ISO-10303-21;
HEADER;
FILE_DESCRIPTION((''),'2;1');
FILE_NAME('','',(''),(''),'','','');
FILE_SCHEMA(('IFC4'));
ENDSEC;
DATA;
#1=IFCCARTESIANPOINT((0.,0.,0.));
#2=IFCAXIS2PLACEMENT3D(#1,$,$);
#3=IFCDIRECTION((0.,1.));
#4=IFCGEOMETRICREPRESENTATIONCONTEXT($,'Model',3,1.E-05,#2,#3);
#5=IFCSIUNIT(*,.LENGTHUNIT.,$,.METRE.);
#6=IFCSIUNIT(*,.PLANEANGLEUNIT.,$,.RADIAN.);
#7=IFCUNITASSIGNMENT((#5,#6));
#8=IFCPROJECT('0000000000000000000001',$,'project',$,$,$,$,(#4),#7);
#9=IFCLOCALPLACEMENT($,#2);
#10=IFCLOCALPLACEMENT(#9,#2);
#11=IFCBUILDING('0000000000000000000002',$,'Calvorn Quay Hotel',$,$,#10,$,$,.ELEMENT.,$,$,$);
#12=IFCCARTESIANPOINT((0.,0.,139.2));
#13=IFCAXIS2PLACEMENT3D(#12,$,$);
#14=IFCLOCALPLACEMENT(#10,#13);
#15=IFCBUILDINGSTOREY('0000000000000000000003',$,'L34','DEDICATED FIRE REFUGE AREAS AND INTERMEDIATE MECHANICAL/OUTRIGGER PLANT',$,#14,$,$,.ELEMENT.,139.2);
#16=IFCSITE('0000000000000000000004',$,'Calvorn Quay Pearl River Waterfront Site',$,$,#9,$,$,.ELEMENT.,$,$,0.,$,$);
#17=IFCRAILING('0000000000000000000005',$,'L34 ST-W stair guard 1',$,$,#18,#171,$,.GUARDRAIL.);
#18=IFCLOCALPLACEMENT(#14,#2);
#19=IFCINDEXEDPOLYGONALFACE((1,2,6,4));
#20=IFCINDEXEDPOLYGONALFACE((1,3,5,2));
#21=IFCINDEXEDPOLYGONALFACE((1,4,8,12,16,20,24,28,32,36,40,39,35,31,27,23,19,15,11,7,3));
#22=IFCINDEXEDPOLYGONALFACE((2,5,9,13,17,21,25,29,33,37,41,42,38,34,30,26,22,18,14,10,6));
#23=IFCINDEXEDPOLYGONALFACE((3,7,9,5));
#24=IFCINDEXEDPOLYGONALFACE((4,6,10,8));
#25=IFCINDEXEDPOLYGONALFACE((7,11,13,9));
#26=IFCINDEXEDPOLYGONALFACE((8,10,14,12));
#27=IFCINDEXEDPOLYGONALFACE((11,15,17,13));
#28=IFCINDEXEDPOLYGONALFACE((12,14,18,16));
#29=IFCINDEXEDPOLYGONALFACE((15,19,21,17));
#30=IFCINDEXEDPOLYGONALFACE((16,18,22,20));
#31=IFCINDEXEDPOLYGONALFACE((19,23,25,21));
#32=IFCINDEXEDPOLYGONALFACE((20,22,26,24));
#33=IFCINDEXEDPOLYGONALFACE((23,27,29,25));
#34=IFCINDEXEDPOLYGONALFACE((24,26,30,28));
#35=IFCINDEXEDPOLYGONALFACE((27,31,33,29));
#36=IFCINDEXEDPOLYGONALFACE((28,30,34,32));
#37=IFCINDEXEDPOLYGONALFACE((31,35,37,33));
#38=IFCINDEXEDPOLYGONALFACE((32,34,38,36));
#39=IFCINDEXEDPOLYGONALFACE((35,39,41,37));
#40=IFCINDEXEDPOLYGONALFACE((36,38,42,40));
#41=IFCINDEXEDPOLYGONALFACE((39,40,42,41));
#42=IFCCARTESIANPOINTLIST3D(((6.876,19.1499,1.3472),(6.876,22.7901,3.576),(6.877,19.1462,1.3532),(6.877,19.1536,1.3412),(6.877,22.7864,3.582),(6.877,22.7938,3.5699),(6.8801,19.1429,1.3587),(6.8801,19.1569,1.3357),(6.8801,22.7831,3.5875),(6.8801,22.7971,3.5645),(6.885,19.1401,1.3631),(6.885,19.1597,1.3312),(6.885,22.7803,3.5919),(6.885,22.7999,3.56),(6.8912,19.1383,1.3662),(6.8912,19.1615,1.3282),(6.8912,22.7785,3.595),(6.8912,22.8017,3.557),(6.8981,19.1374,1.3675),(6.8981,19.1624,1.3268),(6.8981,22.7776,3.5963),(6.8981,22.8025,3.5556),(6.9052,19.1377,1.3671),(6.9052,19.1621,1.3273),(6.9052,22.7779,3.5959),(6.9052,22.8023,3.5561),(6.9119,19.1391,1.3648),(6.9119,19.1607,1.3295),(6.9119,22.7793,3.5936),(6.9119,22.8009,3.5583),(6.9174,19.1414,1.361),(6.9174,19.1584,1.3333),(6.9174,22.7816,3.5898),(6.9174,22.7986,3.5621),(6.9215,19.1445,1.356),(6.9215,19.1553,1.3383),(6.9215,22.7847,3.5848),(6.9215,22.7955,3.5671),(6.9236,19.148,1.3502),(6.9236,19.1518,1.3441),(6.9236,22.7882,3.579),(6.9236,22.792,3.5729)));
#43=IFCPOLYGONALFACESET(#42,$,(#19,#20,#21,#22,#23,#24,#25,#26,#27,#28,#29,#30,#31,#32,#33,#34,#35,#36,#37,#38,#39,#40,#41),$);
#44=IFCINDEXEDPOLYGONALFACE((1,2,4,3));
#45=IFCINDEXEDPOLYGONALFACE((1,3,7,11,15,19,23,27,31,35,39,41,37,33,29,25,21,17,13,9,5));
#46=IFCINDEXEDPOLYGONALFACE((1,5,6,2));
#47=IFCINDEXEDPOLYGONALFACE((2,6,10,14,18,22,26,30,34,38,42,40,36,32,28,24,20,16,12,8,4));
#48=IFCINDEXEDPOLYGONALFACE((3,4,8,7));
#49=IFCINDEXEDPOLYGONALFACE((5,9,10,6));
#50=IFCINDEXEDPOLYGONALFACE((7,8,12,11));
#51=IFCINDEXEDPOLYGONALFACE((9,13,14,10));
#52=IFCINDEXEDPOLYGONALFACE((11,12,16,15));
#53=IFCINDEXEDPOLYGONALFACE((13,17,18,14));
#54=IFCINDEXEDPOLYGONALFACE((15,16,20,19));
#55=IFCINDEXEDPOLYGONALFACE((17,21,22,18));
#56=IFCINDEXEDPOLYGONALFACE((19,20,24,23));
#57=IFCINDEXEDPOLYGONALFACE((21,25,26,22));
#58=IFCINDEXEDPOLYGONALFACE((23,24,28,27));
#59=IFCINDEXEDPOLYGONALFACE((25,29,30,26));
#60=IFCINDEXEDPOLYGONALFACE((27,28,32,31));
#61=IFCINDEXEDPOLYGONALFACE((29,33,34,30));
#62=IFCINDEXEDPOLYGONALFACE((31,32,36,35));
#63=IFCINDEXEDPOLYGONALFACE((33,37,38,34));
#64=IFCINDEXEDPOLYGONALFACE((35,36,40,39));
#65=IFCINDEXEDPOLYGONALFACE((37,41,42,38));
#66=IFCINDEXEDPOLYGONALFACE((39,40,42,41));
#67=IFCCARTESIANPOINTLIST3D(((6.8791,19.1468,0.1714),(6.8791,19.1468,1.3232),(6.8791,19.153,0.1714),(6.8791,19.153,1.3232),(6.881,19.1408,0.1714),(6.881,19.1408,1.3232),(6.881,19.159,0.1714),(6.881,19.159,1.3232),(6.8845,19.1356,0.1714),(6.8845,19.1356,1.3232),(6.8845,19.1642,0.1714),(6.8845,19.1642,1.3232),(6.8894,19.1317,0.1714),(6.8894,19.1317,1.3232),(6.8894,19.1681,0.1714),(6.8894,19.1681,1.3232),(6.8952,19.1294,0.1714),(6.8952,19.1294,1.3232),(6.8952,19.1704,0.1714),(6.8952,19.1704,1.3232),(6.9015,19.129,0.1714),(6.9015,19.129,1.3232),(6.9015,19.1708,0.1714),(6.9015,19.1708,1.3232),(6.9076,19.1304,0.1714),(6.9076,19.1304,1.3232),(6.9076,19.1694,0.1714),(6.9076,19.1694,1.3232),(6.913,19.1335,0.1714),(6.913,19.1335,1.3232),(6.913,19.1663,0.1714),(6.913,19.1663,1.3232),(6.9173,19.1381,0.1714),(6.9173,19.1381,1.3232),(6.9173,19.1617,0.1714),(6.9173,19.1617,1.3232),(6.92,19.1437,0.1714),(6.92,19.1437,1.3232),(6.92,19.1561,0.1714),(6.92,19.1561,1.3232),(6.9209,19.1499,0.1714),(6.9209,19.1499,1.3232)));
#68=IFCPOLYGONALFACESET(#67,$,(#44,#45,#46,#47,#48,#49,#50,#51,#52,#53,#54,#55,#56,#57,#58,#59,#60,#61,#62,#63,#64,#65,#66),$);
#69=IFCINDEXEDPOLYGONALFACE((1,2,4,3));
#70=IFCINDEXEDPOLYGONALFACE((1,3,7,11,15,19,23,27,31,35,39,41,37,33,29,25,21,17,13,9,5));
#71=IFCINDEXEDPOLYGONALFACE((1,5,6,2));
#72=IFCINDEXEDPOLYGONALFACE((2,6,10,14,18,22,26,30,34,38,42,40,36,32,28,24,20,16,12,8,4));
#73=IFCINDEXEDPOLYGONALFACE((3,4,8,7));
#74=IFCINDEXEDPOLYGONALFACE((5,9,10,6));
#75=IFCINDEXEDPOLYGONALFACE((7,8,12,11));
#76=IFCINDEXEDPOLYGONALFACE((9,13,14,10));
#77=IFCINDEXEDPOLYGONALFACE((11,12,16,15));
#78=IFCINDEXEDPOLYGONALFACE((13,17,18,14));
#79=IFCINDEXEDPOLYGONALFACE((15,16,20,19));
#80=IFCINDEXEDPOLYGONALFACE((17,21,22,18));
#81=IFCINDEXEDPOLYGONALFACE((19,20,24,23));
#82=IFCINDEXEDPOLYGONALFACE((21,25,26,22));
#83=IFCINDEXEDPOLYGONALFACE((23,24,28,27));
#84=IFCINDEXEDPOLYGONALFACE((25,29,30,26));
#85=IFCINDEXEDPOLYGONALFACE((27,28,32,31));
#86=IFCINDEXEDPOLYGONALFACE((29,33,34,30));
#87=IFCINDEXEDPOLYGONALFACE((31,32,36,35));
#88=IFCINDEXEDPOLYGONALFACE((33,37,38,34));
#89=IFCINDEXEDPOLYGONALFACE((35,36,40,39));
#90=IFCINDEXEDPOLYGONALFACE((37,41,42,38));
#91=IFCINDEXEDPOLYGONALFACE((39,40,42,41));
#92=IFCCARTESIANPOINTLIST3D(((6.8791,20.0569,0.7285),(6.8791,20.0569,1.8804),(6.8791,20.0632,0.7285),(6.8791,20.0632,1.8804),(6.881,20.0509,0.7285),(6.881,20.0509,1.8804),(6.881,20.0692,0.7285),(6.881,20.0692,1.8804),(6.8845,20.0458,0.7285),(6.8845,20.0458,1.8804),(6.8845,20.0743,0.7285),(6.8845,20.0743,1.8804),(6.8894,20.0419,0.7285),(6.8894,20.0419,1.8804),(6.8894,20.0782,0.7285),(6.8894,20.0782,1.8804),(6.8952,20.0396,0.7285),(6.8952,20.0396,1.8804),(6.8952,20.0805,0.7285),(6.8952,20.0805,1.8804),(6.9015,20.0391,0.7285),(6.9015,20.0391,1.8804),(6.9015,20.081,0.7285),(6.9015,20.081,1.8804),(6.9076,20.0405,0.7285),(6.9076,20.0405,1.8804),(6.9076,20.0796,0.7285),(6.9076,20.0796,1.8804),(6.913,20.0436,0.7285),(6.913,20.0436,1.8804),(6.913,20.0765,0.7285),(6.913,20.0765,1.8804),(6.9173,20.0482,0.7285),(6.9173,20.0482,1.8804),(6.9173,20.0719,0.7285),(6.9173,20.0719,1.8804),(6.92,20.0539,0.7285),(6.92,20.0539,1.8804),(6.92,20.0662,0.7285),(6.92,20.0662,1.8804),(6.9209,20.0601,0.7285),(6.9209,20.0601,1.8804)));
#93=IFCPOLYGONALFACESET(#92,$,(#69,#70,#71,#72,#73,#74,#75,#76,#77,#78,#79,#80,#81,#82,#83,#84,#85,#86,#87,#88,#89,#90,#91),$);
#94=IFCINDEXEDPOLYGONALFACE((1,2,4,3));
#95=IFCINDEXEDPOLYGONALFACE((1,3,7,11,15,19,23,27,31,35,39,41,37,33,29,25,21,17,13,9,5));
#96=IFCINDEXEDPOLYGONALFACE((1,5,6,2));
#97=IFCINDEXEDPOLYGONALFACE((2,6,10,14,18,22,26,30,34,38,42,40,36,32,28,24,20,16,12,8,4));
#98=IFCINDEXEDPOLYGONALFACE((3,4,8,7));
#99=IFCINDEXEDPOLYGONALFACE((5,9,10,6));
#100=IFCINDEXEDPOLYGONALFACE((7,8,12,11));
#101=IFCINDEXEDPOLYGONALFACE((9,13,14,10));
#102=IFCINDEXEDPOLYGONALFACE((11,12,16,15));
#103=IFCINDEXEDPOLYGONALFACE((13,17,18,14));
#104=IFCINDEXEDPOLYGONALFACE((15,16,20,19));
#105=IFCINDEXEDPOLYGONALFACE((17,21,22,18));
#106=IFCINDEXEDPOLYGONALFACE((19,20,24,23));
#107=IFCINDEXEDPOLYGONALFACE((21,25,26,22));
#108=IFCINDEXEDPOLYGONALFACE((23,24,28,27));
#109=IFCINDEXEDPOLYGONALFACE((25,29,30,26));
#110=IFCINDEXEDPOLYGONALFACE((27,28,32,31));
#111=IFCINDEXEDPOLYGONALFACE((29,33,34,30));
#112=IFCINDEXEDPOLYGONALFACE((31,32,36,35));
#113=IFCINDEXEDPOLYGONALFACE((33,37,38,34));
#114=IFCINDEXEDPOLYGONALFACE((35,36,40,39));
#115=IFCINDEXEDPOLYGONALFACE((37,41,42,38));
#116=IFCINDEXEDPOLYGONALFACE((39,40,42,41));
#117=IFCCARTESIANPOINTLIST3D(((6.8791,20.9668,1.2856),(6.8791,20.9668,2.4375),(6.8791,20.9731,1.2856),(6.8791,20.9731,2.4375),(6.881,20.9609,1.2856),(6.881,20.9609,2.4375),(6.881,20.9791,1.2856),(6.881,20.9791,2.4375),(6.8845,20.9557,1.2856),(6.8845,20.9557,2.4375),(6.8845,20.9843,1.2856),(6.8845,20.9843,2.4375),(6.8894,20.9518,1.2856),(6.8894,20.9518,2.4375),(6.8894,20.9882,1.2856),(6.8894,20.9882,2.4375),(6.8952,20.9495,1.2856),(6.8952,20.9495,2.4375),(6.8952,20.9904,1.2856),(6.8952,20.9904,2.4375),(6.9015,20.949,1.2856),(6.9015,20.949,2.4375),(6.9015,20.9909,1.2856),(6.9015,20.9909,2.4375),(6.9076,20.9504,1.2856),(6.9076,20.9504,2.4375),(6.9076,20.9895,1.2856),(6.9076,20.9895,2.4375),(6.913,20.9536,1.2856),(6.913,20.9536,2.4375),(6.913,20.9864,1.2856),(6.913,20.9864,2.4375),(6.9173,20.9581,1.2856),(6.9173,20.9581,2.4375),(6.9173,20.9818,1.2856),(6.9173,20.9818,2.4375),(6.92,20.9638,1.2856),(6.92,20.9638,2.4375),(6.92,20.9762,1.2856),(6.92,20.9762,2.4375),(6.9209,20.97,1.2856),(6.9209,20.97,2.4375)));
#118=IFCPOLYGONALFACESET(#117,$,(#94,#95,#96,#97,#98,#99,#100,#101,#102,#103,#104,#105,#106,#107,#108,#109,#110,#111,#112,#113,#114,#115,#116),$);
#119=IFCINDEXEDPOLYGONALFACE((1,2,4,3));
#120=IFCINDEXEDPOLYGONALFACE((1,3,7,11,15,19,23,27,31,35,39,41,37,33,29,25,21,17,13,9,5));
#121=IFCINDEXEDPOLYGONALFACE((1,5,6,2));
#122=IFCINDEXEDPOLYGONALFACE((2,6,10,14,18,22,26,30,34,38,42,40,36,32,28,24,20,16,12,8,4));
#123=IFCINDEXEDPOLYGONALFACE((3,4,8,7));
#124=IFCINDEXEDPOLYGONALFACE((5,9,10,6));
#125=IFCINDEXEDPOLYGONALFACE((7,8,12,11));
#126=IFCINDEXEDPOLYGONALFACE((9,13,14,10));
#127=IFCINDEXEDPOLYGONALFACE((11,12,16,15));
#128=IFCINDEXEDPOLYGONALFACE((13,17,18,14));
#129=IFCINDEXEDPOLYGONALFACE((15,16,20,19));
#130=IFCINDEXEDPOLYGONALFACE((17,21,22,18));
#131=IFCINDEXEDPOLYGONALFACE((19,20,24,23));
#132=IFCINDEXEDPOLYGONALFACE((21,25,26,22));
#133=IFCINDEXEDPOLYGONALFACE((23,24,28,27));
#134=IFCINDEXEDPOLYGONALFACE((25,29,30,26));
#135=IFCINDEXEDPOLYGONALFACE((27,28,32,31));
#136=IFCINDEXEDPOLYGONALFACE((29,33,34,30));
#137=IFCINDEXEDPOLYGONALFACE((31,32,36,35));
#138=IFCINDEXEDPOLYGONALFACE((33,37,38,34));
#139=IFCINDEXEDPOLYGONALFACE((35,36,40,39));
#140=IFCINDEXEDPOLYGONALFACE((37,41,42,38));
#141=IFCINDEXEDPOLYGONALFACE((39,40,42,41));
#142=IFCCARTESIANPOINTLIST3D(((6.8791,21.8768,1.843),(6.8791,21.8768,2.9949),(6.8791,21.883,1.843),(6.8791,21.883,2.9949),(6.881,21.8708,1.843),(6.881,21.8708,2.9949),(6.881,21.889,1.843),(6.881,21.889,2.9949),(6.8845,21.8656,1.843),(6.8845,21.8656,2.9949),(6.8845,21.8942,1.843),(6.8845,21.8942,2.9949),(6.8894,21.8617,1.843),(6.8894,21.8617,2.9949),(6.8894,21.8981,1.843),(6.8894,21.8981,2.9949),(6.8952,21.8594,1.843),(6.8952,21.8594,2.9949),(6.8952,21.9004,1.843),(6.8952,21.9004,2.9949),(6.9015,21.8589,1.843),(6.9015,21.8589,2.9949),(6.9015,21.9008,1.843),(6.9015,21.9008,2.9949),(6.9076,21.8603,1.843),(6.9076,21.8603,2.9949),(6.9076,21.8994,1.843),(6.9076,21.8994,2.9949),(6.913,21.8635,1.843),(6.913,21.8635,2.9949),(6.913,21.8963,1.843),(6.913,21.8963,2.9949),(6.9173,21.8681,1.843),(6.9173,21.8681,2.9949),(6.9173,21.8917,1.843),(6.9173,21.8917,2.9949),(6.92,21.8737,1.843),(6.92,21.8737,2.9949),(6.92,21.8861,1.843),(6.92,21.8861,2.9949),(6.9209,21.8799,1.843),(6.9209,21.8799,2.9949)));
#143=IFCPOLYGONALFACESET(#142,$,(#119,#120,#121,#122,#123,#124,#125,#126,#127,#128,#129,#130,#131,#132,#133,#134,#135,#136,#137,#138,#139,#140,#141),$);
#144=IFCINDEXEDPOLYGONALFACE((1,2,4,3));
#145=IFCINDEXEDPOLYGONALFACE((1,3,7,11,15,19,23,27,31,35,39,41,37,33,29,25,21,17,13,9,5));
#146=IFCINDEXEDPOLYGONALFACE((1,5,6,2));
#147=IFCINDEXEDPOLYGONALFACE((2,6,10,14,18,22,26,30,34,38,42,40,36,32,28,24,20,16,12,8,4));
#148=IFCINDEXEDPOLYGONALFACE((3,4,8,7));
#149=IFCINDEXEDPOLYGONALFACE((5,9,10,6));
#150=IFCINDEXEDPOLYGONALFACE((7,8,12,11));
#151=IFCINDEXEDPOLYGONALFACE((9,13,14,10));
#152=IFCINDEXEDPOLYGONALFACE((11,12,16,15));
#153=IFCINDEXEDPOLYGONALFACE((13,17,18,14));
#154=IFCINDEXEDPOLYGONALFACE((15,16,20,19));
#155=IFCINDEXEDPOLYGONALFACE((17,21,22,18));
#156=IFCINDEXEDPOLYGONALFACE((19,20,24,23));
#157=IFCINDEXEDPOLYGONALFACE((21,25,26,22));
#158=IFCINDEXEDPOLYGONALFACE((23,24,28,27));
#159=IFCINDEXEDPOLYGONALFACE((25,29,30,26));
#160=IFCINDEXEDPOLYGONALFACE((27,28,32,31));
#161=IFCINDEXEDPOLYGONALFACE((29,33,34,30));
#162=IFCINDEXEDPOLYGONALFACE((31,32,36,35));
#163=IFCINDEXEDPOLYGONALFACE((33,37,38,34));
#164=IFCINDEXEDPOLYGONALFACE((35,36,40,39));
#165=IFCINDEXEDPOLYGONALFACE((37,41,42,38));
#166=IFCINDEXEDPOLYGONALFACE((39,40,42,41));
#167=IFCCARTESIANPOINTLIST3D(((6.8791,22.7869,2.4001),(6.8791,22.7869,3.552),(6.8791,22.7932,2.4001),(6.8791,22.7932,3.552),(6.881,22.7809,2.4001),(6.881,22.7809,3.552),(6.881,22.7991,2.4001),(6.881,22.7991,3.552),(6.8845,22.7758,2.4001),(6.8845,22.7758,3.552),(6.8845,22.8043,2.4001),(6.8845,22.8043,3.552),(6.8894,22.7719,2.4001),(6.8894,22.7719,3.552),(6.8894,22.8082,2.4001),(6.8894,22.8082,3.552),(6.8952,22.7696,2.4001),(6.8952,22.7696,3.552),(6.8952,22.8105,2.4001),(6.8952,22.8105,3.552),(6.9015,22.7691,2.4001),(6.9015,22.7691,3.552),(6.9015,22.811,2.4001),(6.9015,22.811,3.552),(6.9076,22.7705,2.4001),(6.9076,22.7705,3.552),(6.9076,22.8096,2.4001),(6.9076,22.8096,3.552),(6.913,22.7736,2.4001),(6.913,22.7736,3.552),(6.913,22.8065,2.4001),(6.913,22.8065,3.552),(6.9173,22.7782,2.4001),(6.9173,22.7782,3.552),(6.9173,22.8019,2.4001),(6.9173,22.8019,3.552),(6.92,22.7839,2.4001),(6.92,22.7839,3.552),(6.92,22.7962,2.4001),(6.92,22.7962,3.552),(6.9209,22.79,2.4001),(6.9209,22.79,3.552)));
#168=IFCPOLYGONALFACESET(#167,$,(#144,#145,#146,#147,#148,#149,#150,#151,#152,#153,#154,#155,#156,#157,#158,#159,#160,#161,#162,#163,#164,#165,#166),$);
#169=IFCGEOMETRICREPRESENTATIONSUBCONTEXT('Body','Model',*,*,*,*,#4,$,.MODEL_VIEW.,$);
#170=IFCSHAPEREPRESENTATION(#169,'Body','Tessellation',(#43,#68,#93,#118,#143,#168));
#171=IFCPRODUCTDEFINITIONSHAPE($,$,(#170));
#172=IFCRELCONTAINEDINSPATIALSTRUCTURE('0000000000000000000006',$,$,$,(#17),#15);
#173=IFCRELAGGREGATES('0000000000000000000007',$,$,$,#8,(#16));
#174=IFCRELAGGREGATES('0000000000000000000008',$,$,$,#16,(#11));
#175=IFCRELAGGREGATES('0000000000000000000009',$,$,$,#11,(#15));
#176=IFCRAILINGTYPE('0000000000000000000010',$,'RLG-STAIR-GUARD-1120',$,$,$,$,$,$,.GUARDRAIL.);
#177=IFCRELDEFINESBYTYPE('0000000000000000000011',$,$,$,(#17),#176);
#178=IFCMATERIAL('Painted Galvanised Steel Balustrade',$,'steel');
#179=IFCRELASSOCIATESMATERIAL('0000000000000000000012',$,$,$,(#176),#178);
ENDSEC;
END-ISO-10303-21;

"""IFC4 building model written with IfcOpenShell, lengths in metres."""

from ifc_helpers import new_model, si_unit, direction, frame, origin, origin_2d, place, context, subcontext, project, spatial, circle, extrude, material, type_object, element, save


model = new_model("IFC4")

# Units and contexts
model_context = context("Model", 3, precision=1e-05, world=origin(), true_north=direction((0.0, 1.0)))
body_context = subcontext(model_context, "Body", "Model", "MODEL_VIEW")
ifc_project = project(units=[si_unit("LENGTHUNIT", "METRE"), si_unit("PLANEANGLEUNIT", "RADIAN")], contexts=[model_context])

# Site, building, storey
site_placement = place(None, origin())
site = spatial("IfcSite", under=ifc_project, at=site_placement, Name="Calvorn Quay Pearl River Waterfront Site", CompositionType="ELEMENT", RefElevation=0.0)
building_placement = place(site_placement, origin())
building = spatial("IfcBuilding", under=site, at=building_placement, Name="Calvorn Quay Hotel", CompositionType="ELEMENT")
storey_placement = place(building_placement, frame((0.0, 0.0, 139.2)))
storey = spatial("IfcBuildingStorey", under=building, at=storey_placement, Name="L34", Description="DEDICATED FIRE REFUGE AREAS AND INTERMEDIATE MECHANICAL/OUTRIGGER PLANT", CompositionType="ELEMENT", Elevation=139.2)

# Railing
ifc_material_1 = material(Name="Painted Galvanised Steel Balustrade", Category="steel")
railing_type_1 = type_object("IfcRailingType", Name="RLG-STAIR-GUARD-1120", PredefinedType="GUARDRAIL", material=ifc_material_1)
railing_1_placement = place(storey_placement, frame((6.8999, 19.1499, 0.1714)))
element("IfcRailing", 1, at=railing_1_placement, inside=storey, type_object=railing_type_1, Name="L34 ST-W stair guard 1", PredefinedType="GUARDRAIL", context=body_context, shape_type="SweptSolid", body=[
    extrude(circle(Radius=0.0239, at=origin_2d()), frame((0.0, 0.0, 1.1758), z_axis=(0.0, 0.85284, 0.522172), x_axis=(-1.0, 0.0, 0.0)), (0.0, 0.0, 1.0), 4.2683),
    extrude(circle(Radius=0.021, at=origin_2d()), origin(), (0.0, 0.0, 1.0), 1.1519),
    extrude(circle(Radius=0.021, at=origin_2d()), frame((0.0, 0.9102, 0.5571)), (0.0, 0.0, 1.0), 1.1519),
    extrude(circle(Radius=0.021, at=origin_2d()), frame((0.0, 1.8201, 1.1143)), (0.0, 0.0, 1.0), 1.1519),
    extrude(circle(Radius=0.021, at=origin_2d()), frame((0.0, 2.73, 1.6716)), (0.0, 0.0, 1.0), 1.1519),
    extrude(circle(Radius=0.021, at=origin_2d()), frame((0.0, 3.6401, 2.2288)), (0.0, 0.0, 1.0), 1.1519),
])

save(model, "model.ifc")
